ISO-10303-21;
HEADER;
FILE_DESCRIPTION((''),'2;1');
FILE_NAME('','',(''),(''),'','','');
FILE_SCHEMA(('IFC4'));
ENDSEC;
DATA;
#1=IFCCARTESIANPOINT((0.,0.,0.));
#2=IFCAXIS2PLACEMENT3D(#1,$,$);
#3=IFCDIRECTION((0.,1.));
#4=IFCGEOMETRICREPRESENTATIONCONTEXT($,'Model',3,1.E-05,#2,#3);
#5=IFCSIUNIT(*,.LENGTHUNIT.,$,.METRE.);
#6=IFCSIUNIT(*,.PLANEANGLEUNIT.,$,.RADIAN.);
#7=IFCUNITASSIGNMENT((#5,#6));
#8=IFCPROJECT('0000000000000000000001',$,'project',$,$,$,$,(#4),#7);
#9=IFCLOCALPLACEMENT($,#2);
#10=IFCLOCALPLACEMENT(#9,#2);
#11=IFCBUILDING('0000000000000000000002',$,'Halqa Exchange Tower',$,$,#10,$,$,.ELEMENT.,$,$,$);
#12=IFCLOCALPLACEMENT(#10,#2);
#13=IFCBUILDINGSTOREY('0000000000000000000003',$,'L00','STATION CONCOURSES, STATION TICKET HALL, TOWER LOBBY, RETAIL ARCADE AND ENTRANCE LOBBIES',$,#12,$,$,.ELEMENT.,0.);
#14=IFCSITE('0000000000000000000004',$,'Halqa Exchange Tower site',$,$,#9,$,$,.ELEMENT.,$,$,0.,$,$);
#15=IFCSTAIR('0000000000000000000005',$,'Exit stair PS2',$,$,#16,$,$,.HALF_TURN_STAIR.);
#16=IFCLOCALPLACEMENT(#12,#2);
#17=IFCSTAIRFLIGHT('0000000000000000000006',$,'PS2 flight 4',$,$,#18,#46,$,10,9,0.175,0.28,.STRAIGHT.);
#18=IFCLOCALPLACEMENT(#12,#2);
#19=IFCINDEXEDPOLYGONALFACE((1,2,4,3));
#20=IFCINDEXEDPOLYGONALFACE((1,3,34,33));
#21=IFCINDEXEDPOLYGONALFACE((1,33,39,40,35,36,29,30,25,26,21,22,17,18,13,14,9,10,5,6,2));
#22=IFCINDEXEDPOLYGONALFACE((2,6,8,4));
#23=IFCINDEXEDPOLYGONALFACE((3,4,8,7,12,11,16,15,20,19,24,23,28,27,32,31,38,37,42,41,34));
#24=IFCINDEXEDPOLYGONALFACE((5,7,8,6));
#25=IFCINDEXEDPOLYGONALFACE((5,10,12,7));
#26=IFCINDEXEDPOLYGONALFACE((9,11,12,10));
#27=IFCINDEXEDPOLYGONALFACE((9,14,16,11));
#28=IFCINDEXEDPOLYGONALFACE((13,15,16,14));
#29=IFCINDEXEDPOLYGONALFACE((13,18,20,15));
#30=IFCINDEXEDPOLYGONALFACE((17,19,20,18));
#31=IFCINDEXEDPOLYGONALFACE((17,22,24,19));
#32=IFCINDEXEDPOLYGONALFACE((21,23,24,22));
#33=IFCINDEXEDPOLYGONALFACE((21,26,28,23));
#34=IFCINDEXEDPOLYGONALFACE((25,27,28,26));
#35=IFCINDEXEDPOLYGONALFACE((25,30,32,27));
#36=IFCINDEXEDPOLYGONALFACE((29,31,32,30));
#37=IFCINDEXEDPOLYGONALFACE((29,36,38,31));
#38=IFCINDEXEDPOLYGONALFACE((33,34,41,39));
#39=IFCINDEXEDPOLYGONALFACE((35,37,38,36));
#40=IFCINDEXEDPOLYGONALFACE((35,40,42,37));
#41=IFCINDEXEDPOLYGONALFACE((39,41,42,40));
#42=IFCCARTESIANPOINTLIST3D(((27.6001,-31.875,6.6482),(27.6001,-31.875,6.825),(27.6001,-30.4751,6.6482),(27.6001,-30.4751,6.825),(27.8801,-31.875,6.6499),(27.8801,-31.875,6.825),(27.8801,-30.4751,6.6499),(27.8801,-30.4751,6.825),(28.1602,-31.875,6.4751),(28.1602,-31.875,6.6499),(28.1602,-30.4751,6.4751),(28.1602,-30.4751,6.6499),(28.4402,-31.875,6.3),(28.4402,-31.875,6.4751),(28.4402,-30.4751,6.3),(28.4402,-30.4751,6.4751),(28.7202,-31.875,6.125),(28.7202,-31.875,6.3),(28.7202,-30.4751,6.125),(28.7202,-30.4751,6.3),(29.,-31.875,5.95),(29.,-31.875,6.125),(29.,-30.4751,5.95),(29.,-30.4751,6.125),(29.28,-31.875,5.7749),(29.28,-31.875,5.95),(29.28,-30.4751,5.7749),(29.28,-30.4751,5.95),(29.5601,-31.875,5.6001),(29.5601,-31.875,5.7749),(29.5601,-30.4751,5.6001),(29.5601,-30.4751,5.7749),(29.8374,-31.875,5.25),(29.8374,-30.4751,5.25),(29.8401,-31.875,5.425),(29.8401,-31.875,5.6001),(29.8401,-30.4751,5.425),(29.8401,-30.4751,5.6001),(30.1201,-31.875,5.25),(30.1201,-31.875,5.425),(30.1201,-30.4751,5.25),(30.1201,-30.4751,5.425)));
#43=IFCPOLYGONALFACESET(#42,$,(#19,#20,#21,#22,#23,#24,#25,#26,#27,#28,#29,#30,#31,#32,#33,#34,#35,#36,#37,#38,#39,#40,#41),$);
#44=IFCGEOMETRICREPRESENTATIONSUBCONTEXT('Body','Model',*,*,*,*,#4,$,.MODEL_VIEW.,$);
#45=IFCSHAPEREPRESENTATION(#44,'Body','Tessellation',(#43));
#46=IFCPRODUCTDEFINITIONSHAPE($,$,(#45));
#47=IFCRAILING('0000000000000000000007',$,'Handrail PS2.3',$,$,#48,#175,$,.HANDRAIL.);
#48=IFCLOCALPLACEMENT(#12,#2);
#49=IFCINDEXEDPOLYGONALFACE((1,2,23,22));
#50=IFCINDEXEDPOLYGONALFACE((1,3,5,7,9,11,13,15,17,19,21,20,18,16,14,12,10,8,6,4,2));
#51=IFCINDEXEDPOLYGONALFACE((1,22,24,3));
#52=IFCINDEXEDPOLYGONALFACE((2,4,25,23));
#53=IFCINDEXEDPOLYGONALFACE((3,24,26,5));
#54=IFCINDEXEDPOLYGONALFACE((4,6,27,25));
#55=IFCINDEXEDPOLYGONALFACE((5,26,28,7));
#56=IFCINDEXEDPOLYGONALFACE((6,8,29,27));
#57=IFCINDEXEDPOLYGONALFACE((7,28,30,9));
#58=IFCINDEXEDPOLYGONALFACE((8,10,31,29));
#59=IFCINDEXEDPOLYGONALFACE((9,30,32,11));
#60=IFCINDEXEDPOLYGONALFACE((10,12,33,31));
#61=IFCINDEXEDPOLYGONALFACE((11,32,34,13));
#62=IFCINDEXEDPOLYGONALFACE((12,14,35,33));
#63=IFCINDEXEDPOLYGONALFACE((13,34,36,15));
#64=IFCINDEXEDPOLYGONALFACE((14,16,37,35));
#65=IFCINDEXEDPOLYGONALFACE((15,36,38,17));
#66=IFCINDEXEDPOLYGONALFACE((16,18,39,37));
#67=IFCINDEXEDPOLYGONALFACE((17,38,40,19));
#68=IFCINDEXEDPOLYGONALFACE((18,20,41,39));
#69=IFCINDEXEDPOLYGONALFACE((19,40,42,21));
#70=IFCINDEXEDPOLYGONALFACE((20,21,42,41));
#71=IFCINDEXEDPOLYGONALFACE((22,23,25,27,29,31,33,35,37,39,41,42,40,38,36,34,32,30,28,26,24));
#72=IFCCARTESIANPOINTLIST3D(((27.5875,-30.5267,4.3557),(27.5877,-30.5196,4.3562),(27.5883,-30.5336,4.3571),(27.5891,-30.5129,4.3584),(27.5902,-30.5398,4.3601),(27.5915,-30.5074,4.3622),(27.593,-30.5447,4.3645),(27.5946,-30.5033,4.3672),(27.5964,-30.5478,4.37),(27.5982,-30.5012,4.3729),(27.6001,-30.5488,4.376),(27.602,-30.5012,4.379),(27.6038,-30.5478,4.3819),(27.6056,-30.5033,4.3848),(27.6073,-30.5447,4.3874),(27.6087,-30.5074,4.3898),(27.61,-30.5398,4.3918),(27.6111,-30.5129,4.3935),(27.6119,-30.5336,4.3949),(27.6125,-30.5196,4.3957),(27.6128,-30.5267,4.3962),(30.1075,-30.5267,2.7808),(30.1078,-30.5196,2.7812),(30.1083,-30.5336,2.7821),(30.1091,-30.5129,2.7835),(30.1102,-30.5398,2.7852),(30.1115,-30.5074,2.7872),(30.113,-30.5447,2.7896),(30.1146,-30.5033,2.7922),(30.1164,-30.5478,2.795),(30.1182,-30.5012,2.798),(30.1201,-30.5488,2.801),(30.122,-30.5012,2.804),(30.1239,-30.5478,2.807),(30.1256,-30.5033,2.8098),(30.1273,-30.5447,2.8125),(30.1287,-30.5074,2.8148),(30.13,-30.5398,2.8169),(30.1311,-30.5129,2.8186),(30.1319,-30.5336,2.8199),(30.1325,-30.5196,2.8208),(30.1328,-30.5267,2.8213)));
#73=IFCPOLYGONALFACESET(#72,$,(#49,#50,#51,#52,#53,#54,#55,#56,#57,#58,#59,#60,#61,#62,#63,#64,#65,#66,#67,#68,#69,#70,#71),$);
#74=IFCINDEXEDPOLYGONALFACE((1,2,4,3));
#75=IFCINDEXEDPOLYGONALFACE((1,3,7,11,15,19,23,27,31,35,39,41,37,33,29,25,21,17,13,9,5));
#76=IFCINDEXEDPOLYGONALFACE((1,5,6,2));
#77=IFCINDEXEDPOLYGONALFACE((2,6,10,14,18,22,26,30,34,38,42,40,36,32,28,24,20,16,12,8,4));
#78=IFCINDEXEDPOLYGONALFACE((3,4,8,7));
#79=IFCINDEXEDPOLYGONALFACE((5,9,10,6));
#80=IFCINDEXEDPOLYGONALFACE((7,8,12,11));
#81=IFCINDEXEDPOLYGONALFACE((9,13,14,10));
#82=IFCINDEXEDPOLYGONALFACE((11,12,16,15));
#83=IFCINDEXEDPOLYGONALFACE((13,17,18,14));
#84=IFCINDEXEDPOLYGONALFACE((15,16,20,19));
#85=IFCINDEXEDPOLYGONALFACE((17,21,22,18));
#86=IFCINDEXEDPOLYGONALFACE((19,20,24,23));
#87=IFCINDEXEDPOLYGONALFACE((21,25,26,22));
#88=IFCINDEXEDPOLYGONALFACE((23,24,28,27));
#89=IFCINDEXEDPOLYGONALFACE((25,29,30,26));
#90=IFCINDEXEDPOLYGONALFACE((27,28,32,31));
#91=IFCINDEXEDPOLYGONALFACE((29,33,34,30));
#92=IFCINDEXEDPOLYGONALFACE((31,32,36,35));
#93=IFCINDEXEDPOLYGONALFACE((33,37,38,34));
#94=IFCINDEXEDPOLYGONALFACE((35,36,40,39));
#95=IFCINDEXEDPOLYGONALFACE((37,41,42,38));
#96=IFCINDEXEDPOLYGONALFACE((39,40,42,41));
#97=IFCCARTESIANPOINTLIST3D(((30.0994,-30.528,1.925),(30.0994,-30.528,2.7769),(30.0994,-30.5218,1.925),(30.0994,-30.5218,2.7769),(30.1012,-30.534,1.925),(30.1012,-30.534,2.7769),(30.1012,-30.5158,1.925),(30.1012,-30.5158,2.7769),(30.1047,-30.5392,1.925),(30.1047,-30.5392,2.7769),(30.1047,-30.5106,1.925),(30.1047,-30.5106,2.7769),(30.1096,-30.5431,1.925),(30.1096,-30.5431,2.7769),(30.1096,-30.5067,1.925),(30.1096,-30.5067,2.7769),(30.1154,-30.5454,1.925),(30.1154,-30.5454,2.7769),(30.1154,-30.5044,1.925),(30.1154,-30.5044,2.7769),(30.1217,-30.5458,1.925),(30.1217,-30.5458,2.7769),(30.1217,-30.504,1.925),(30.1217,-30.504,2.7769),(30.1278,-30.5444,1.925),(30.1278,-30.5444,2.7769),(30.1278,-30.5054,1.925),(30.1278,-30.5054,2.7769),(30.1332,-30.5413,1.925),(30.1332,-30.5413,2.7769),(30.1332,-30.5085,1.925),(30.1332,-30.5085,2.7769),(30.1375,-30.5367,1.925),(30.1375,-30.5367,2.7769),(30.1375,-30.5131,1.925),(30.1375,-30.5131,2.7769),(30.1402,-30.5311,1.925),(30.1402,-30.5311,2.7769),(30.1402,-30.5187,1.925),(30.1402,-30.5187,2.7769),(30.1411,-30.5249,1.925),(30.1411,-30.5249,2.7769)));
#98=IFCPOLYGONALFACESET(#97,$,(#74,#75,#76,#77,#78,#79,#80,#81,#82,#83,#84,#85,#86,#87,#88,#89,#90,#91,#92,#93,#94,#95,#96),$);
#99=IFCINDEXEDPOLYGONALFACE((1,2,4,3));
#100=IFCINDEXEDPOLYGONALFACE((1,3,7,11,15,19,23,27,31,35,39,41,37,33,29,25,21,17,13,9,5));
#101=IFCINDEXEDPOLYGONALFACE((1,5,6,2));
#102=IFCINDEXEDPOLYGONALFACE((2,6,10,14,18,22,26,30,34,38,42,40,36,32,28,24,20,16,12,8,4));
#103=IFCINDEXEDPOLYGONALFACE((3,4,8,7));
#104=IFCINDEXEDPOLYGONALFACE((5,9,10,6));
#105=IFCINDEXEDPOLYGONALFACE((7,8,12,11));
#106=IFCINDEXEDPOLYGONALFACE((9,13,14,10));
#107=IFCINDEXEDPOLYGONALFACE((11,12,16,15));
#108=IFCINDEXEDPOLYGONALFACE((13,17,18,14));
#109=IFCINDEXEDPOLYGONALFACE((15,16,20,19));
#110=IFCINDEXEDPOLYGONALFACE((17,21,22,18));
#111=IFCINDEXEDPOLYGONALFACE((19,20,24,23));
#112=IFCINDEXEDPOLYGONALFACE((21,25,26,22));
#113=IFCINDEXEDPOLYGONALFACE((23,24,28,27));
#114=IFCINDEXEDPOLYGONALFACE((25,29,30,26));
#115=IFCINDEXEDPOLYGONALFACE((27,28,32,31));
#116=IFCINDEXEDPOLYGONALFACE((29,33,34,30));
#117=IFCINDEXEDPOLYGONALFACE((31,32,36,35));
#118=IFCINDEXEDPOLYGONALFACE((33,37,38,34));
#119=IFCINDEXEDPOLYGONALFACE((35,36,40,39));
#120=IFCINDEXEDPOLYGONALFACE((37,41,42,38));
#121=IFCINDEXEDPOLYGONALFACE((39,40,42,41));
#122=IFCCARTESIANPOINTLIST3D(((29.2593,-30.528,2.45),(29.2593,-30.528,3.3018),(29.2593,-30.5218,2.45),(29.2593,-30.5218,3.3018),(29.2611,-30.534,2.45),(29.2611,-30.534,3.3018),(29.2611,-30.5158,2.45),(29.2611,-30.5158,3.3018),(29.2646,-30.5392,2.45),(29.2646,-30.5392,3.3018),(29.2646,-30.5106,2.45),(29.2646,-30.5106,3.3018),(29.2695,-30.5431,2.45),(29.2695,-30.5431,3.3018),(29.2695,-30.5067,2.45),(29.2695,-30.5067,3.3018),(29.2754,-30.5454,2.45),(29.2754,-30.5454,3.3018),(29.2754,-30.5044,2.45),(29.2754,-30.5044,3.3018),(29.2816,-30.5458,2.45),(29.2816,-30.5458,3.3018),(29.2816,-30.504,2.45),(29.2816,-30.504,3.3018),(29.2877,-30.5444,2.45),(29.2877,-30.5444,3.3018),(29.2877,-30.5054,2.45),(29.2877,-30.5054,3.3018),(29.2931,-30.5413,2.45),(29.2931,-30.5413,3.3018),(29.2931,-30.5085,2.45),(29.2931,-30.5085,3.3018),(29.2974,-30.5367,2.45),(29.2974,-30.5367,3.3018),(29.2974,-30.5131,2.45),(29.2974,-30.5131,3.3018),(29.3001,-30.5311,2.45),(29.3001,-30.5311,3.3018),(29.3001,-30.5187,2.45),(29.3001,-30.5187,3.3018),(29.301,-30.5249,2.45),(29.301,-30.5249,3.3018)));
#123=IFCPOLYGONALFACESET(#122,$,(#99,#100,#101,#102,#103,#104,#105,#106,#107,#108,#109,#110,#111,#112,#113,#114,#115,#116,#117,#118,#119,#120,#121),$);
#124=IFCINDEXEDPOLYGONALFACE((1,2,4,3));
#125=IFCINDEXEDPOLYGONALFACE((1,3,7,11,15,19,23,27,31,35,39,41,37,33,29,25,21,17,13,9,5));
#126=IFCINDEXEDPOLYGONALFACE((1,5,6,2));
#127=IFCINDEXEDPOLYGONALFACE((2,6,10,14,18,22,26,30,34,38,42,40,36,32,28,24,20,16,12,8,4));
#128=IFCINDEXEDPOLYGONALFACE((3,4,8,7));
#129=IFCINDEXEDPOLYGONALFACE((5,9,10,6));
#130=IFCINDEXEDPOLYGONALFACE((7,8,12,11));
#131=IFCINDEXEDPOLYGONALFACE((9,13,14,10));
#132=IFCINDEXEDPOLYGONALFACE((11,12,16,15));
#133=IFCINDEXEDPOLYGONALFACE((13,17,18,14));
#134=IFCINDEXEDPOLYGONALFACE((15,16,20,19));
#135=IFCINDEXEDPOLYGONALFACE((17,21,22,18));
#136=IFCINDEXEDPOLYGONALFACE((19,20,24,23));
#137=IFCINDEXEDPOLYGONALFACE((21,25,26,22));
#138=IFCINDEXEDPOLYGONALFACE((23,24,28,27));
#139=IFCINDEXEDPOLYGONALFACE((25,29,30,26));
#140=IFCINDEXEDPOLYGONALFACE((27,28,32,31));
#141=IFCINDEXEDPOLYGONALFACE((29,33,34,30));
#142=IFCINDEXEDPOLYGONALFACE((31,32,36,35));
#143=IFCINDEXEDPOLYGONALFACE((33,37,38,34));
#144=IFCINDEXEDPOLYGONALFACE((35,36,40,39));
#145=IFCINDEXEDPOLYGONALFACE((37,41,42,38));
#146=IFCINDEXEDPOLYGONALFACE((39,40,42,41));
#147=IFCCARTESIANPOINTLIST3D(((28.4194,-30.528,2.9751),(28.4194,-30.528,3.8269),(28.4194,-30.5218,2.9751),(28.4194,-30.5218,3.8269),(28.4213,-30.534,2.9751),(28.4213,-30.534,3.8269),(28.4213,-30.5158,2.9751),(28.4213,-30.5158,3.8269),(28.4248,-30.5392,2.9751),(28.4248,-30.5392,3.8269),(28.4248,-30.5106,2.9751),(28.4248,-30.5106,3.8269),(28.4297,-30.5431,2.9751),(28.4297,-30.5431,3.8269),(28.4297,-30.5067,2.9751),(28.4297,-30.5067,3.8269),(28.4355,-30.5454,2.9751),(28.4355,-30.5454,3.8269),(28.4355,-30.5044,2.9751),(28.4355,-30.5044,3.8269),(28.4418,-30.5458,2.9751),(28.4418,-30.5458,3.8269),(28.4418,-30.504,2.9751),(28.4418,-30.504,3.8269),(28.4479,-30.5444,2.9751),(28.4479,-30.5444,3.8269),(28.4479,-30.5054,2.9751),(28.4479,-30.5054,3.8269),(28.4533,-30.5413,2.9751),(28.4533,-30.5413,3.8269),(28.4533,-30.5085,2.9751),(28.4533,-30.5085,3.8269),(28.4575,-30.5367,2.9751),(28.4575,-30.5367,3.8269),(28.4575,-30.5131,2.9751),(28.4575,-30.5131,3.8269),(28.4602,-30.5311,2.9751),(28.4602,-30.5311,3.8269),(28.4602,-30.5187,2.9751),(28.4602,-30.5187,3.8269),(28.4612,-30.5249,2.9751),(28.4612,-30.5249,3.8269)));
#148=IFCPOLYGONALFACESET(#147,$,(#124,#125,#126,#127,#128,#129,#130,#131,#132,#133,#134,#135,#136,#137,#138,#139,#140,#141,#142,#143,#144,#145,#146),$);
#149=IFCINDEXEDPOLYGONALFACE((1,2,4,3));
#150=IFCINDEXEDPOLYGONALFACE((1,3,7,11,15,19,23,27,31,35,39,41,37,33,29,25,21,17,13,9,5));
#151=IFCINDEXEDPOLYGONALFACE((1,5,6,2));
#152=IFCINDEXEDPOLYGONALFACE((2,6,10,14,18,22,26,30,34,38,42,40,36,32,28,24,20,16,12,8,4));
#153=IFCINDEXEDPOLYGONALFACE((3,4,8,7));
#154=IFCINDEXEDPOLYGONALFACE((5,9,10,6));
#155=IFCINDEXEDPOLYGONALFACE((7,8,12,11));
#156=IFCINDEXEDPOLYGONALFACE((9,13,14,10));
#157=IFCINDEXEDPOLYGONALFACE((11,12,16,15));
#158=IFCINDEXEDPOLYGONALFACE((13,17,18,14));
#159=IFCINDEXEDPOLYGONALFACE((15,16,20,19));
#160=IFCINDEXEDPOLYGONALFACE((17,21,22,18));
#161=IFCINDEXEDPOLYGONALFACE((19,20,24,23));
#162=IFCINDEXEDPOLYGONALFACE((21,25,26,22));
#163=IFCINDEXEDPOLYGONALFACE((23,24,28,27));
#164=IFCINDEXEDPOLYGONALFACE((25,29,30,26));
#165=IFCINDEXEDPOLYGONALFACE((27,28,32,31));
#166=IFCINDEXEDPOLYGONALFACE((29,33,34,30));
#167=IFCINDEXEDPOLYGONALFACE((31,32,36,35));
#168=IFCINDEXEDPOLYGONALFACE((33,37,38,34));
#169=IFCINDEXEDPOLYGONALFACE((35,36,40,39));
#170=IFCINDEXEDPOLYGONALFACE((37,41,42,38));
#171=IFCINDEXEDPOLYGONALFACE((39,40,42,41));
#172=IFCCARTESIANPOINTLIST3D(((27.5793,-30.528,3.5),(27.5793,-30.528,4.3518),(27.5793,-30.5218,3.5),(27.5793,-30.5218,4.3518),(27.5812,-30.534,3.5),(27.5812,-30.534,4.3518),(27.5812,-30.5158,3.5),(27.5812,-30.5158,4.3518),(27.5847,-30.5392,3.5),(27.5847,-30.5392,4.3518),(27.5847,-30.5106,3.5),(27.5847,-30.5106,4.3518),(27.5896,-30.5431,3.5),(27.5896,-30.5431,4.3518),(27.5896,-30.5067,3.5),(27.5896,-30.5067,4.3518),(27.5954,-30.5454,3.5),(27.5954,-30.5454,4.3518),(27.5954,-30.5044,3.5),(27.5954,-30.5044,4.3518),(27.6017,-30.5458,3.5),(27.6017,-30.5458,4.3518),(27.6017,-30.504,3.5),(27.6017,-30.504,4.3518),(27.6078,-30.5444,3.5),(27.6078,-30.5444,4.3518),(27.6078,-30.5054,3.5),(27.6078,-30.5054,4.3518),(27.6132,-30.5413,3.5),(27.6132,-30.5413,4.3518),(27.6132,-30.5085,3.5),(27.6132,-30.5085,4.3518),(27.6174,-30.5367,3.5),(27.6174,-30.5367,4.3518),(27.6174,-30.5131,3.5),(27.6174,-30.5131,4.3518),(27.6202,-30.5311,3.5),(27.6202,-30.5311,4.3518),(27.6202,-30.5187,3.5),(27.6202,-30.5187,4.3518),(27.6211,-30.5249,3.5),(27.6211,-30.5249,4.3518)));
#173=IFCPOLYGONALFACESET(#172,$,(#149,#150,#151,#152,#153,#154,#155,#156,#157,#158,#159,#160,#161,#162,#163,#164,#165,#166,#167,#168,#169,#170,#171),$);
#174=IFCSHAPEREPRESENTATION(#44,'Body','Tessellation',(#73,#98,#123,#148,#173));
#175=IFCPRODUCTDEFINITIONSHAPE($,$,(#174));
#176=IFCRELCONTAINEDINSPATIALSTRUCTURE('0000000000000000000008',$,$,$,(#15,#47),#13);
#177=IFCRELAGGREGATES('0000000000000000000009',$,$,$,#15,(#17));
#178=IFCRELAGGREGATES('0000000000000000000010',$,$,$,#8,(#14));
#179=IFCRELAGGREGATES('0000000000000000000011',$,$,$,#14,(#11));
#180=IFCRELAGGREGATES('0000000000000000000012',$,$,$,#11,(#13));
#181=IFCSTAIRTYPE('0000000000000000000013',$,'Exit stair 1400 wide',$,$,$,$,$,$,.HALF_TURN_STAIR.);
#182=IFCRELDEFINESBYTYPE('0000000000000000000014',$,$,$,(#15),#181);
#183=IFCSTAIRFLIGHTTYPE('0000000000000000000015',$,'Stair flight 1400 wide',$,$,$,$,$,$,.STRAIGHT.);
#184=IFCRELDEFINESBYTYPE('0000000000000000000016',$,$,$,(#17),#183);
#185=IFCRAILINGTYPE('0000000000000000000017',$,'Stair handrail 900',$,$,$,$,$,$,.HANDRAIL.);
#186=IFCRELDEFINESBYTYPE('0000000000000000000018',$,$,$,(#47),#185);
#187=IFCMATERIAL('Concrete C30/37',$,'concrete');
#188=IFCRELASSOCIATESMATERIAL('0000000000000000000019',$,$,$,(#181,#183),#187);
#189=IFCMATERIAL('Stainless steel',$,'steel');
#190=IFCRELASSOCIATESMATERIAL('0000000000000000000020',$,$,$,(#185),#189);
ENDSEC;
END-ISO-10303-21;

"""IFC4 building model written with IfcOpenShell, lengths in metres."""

from ifc_helpers import new_model, si_unit, direction, frame, origin, origin_2d, place, context, subcontext, project, spatial, polyline, circle, outline, extrude, material, type_object, element, aggregate, save


model = new_model("IFC4")

# Units and contexts
model_context = context("Model", 3, precision=1e-05, world=origin(), true_north=direction((0.0, 1.0)))
body_context = subcontext(model_context, "Body", "Model", "MODEL_VIEW")
ifc_project = project(units=[si_unit("LENGTHUNIT", "METRE"), si_unit("PLANEANGLEUNIT", "RADIAN")], contexts=[model_context])

# Site, building, storey
site_placement = place(None, origin())
site = spatial("IfcSite", under=ifc_project, at=site_placement, Name="Halqa Exchange Tower site", CompositionType="ELEMENT", RefElevation=0.0)
building_placement = place(site_placement, origin())
building = spatial("IfcBuilding", under=site, at=building_placement, Name="Halqa Exchange Tower", CompositionType="ELEMENT")
storey_placement = place(building_placement, origin())
storey = spatial("IfcBuildingStorey", under=building, at=storey_placement, Name="L00", Description="STATION CONCOURSES, STATION TICKET HALL, TOWER LOBBY, RETAIL ARCADE AND ENTRANCE LOBBIES", CompositionType="ELEMENT", Elevation=0.0)

# Shared definitions
ifc_material_1 = material(Name="Concrete C30/37", Category="concrete")

# Stair, stair flight
stair_type = type_object("IfcStairType", Name="Exit stair 1400 wide", PredefinedType="HALF_TURN_STAIR", material=ifc_material_1)
stair_placement = place(storey_placement, origin())
stair = element("IfcStair", 1, at=stair_placement, inside=storey, type_object=stair_type, Name="Exit stair PS2", PredefinedType="HALF_TURN_STAIR")
stair_flight_type = type_object("IfcStairFlightType", Name="Stair flight 1400 wide", PredefinedType="STRAIGHT", material=ifc_material_1)
stair_flight_1_placement = place(storey_placement, frame((30.1201, -31.175, 5.25), z_axis=(0.0, 0.0, 1.0), x_axis=(-1.0, 0.0, 0.0)))
stair_flight_1 = element("IfcStairFlight", 2, at=stair_flight_1_placement, type_object=stair_flight_type, Name="PS2 flight 4", NumberOfRisers=10, NumberOfTreads=9, PredefinedType="STRAIGHT", RiserHeight=0.175, TreadLength=0.28, context=body_context, shape_type="SweptSolid", body=[
    extrude(outline(polyline([(0.0, 0.0), (0.0, 0.175), (0.28, 0.175), (0.28, 0.3501), (0.5601, 0.3501), (0.5601, 0.5249), (0.8401, 0.5249), (0.8401, 0.7), (1.1201, 0.7), (1.1201, 0.875), (1.3999, 0.875), (1.3999, 1.05), (1.6799, 1.05), (1.6799, 1.2251), (1.96, 1.2251), (1.96, 1.3999), (2.24, 1.3999), (2.24, 1.575), (2.52, 1.575), (2.52, 1.75), (2.52, 1.3982), (0.2827, 0.0), (0.0, 0.0)])), frame((0.0, 0.7, 0.0), z_axis=(0.0, -1.0, 0.0), x_axis=(1.0, 0.0, 0.0)), (0.0, 0.0, 1.0), 1.3999),
])
aggregate(stair, [stair_flight_1])

# Railing
ifc_material_2 = material(Name="Stainless steel", Category="steel")
railing_type = type_object("IfcRailingType", Name="Stair handrail 900", PredefinedType="HANDRAIL", material=ifc_material_2)
for number, where, name in (
    (3, (30.1201, -30.5249, 1.925), "Handrail PS2.3"),
):
    element("IfcRailing", number, at=place(storey_placement, frame(where)), inside=storey, type_object=railing_type, Name=name, PredefinedType="HANDRAIL", context=body_context, shape_type="SweptSolid", body=[
        extrude(circle(Radius=0.0239, at=origin_2d()), frame((0.0, 0.0, 0.876), z_axis=(-0.848008, 0.0, 0.529984), x_axis=(0.0, -1.0, 0.0)), (0.0, 0.0, 1.0), 2.9717),
        extrude(circle(Radius=0.021, at=origin_2d()), origin(), (0.0, 0.0, 1.0), 0.8518),
        extrude(circle(Radius=0.021, at=origin_2d()), frame((-0.8401, 0.0, 0.5249)), (0.0, 0.0, 1.0), 0.8518),
        extrude(circle(Radius=0.021, at=origin_2d()), frame((-1.6799, 0.0, 1.05)), (0.0, 0.0, 1.0), 0.8518),
        extrude(circle(Radius=0.021, at=origin_2d()), frame((-2.52, 0.0, 1.575)), (0.0, 0.0, 1.0), 0.8518),
    ])

save(model, "model.ifc")
